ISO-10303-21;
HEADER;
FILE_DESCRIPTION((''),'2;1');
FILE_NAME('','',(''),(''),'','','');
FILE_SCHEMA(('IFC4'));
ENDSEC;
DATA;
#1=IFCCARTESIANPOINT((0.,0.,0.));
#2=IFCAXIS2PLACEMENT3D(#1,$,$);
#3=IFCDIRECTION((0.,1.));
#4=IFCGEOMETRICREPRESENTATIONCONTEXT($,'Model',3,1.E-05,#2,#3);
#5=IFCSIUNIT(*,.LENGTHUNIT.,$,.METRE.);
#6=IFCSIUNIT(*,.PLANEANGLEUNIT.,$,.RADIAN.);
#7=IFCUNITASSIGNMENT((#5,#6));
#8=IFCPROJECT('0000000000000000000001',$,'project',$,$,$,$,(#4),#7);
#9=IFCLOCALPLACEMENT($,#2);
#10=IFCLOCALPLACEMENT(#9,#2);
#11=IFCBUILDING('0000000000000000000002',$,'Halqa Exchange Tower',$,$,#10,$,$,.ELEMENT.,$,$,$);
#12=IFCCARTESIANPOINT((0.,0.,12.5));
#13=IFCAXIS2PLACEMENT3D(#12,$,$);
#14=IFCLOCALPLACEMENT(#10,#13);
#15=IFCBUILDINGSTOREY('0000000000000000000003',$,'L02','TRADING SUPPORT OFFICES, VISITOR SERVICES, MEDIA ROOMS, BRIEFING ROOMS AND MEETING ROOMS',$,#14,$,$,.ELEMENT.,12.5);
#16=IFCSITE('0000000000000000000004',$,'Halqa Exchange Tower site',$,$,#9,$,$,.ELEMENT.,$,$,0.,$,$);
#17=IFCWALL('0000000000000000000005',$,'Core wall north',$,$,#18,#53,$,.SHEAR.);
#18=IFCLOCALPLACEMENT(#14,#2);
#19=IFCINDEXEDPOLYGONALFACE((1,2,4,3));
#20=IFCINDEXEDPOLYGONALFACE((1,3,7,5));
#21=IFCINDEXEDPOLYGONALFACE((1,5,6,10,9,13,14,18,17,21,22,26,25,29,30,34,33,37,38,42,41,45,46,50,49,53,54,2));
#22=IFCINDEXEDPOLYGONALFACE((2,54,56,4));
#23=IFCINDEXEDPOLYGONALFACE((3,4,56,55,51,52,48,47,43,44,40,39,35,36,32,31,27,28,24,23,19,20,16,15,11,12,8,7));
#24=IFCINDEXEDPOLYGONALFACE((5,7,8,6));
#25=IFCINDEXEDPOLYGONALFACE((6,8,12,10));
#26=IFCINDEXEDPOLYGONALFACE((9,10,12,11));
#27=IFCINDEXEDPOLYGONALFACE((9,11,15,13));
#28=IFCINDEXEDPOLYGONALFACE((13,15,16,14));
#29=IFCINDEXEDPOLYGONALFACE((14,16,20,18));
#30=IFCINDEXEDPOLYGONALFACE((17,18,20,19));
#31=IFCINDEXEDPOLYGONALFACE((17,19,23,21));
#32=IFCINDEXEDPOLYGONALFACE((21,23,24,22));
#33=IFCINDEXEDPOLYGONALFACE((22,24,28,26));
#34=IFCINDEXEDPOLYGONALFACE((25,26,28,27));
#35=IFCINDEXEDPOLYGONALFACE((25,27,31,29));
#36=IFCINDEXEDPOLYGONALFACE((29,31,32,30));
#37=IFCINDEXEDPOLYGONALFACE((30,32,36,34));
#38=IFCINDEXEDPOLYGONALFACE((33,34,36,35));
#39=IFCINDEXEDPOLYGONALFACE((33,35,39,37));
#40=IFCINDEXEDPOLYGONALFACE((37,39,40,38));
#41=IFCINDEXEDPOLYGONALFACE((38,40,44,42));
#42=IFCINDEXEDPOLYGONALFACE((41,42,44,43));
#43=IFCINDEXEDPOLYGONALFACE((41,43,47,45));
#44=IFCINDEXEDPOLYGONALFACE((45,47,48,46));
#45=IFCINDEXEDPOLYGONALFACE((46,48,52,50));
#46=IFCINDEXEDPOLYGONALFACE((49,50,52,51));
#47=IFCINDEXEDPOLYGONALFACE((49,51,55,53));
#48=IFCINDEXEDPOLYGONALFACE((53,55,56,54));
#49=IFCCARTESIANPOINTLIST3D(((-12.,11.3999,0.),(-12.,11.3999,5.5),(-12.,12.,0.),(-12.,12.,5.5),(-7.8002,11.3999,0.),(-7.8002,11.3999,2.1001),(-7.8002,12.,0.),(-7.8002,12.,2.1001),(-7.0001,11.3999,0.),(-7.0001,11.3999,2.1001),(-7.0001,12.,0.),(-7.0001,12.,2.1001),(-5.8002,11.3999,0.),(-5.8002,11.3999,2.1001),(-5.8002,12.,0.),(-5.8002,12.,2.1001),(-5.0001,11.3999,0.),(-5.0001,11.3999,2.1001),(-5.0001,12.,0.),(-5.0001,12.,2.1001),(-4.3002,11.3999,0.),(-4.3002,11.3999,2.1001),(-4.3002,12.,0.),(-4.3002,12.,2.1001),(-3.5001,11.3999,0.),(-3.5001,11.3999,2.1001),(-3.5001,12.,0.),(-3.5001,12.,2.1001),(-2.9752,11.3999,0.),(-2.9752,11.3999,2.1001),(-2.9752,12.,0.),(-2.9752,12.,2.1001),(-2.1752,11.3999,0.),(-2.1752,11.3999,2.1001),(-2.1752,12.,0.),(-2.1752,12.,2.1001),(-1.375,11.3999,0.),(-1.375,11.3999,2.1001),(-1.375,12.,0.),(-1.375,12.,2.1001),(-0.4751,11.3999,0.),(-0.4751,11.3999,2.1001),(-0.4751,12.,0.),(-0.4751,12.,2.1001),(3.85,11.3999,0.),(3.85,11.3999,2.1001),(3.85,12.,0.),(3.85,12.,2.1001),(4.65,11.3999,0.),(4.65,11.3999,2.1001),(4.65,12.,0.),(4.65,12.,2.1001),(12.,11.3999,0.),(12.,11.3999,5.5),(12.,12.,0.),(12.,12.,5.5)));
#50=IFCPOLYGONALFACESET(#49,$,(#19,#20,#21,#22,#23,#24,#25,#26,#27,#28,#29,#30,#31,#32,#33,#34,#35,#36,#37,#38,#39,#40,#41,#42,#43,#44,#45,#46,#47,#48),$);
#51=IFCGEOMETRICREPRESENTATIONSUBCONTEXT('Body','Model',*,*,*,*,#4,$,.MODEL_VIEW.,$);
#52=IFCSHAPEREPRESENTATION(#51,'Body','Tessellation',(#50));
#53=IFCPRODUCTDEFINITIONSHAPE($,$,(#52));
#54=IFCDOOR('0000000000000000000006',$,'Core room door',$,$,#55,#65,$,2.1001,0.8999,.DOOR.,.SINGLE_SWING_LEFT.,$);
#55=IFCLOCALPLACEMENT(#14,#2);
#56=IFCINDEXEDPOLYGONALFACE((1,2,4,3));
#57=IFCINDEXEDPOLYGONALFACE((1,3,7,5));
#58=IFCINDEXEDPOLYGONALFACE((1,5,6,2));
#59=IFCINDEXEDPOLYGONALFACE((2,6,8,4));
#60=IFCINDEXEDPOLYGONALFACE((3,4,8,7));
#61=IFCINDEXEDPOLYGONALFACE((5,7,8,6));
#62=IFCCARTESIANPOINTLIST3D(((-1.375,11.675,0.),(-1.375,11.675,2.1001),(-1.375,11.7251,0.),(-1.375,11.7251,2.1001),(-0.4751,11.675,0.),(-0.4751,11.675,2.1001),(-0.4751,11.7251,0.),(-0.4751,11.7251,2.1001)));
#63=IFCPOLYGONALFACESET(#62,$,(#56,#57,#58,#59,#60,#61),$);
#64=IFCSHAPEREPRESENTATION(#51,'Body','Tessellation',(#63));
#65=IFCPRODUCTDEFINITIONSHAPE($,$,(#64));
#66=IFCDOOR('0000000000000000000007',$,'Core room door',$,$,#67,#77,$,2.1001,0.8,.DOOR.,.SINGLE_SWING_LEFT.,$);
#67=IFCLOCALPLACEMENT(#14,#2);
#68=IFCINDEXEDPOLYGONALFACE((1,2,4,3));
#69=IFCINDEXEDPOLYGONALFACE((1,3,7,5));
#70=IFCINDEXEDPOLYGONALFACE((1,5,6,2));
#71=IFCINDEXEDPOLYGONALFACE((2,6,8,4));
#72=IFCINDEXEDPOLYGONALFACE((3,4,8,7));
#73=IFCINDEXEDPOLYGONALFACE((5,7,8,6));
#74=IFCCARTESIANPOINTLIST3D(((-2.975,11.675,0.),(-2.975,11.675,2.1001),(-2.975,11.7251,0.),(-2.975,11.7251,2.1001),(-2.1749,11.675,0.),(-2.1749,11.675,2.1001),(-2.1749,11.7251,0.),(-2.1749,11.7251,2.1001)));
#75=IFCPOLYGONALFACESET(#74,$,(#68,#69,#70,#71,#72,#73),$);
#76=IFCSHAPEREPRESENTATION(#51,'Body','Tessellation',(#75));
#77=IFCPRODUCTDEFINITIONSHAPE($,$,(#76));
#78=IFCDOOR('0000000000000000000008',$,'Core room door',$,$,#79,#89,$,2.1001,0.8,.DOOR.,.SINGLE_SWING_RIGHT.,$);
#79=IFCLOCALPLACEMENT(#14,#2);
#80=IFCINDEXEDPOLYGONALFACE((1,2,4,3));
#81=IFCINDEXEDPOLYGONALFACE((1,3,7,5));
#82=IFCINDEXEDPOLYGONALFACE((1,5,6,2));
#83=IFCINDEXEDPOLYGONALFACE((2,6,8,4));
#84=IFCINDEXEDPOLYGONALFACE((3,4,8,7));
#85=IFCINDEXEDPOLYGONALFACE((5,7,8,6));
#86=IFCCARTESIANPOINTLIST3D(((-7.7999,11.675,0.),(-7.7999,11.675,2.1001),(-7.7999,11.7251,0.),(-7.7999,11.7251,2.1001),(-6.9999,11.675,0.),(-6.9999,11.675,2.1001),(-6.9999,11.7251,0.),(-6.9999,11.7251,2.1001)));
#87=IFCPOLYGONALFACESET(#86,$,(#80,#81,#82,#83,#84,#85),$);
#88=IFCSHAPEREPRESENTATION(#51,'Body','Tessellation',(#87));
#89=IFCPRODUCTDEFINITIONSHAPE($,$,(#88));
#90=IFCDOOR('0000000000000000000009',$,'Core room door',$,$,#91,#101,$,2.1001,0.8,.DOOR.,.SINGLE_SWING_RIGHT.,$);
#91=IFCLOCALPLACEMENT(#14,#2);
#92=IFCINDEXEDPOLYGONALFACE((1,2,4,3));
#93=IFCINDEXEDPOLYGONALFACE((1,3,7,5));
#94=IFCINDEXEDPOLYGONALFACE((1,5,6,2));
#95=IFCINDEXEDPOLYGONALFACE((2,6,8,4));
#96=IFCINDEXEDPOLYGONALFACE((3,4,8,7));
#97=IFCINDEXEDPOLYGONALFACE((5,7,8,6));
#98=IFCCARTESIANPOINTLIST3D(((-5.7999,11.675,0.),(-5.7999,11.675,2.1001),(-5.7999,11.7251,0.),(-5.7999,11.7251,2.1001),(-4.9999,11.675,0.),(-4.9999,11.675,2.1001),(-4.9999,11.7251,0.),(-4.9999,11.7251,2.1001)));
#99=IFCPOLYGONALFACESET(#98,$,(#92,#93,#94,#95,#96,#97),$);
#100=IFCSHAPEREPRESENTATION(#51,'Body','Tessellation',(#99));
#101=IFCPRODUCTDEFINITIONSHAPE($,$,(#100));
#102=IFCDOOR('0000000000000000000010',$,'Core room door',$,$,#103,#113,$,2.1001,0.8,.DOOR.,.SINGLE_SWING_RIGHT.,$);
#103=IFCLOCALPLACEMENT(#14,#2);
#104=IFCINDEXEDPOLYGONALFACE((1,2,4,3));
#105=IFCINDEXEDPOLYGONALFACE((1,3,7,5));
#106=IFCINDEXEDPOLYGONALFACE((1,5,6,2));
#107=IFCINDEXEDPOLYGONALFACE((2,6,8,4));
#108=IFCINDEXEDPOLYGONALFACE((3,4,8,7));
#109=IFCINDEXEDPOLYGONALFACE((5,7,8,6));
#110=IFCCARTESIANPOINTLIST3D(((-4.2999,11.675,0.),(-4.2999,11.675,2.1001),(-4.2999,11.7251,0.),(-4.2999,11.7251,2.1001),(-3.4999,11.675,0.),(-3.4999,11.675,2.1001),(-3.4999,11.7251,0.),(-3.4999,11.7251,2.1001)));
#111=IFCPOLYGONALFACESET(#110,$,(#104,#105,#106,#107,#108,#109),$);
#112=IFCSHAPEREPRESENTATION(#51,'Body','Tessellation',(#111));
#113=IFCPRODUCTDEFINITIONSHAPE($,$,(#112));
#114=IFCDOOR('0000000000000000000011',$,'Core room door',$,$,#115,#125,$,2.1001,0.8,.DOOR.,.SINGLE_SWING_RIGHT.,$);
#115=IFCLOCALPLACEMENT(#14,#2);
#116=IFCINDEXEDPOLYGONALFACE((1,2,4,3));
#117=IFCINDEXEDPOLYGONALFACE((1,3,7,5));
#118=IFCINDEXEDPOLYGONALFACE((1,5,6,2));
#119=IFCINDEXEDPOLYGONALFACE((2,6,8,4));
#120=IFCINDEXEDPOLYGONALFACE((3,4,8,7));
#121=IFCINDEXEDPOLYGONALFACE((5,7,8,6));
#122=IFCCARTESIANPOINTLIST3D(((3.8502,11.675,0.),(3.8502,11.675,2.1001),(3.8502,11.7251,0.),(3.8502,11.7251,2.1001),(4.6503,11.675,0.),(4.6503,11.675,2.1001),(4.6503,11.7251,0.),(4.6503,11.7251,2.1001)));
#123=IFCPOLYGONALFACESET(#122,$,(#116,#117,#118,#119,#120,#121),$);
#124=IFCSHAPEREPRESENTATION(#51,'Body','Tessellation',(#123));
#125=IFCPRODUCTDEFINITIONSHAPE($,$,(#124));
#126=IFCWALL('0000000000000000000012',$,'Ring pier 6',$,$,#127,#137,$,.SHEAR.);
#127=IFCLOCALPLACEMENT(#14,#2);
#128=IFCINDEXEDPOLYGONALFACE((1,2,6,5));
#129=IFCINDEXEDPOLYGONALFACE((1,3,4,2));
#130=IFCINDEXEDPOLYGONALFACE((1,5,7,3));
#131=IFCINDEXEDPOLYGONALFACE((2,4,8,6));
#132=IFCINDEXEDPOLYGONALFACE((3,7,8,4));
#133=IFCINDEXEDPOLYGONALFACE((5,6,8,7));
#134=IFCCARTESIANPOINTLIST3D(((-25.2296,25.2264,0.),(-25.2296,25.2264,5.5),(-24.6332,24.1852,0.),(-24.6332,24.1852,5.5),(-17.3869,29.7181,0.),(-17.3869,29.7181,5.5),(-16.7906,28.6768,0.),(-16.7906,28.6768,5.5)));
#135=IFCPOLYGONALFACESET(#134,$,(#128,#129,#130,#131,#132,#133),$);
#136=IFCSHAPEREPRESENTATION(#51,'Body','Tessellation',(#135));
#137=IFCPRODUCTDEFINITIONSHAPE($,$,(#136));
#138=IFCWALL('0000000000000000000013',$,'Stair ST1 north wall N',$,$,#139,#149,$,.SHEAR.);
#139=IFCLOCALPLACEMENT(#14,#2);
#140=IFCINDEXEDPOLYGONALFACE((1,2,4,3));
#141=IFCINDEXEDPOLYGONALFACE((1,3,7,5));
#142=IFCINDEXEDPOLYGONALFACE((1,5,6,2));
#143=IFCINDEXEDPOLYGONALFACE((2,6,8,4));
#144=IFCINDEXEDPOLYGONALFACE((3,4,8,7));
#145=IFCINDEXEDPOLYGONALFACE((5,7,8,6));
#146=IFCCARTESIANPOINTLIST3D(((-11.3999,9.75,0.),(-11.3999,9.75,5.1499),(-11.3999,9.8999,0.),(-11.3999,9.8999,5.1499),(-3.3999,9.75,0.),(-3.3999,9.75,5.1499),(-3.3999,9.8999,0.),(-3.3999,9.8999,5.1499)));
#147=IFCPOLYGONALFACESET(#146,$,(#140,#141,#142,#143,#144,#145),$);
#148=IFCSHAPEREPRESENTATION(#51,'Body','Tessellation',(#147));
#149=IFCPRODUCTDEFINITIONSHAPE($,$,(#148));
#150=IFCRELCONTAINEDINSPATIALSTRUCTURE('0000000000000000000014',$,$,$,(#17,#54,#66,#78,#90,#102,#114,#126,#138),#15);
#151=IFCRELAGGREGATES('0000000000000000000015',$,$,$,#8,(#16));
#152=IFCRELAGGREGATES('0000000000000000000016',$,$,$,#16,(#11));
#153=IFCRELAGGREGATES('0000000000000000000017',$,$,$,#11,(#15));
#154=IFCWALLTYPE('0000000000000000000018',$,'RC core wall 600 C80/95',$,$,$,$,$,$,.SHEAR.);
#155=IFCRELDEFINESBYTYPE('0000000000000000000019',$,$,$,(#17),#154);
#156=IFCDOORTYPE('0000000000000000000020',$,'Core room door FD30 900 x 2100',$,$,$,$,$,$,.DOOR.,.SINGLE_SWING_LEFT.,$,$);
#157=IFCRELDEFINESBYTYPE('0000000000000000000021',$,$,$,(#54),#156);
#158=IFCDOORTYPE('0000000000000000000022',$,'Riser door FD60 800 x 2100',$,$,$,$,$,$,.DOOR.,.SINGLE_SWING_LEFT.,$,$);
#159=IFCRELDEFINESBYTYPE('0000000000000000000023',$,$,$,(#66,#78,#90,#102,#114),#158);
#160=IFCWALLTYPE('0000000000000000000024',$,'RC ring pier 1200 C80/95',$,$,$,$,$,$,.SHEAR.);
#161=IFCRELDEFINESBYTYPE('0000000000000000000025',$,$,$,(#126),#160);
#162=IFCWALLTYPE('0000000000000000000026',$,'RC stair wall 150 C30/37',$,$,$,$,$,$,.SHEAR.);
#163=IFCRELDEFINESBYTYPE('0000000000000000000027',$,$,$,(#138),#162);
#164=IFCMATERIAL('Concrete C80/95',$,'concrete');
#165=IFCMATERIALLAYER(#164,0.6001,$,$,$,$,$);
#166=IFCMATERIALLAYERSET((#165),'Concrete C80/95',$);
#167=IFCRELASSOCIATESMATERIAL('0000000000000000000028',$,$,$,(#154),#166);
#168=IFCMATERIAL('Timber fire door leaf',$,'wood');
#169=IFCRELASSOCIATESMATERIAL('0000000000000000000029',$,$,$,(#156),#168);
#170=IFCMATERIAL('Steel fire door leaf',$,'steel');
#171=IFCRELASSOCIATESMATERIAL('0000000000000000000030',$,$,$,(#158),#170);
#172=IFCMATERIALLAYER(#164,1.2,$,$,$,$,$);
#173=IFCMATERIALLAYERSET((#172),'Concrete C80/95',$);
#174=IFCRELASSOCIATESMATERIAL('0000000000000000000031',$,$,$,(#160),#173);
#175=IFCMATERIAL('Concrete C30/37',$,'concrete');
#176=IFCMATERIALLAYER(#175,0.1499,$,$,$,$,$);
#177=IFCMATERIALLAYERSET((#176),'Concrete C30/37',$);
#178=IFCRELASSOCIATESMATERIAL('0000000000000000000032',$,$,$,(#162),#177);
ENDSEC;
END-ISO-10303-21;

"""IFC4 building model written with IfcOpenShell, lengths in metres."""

from ifc_helpers import new_model, si_unit, direction, frame, frame_2d, origin, place, context, subcontext, project, spatial, rectangle, extrude, material, layer, layer_set, type_object, element, fill, save


model = new_model("IFC4")

# Units and contexts
model_context = context("Model", 3, precision=1e-05, world=origin(), true_north=direction((0.0, 1.0)))
body_context = subcontext(model_context, "Body", "Model", "MODEL_VIEW")
ifc_project = project(units=[si_unit("LENGTHUNIT", "METRE"), si_unit("PLANEANGLEUNIT", "RADIAN")], contexts=[model_context])

# Site, building, storey
site_placement = place(None, origin())
site = spatial("IfcSite", under=ifc_project, at=site_placement, Name="Halqa Exchange Tower site", CompositionType="ELEMENT", RefElevation=0.0)
building_placement = place(site_placement, origin())
building = spatial("IfcBuilding", under=site, at=building_placement, Name="Halqa Exchange Tower", CompositionType="ELEMENT")
storey_placement = place(building_placement, frame((0.0, 0.0, 12.5)))
storey = spatial("IfcBuildingStorey", under=building, at=storey_placement, Name="L02", Description="TRADING SUPPORT OFFICES, VISITOR SERVICES, MEDIA ROOMS, BRIEFING ROOMS AND MEETING ROOMS", CompositionType="ELEMENT", Elevation=12.5)

# Shared definitions
ifc_material_1 = material(Name="Steel fire door leaf", Category="steel")

# Wall, openings, doors
ifc_material_2 = material(Name="Concrete C80/95", Category="concrete")
ifc_layer_1 = layer(ifc_material_2, 0.6001)
ifc_layer_set_1 = layer_set([ifc_layer_1], Name="Concrete C80/95")
wall_type_1 = type_object("IfcWallType", Name="RC core wall 600 C80/95", PredefinedType="SHEAR", material=ifc_layer_set_1)
wall_1_placement = place(storey_placement, frame((-12.0, 11.7, 0.0), z_axis=(0.0, 0.0, 1.0), x_axis=(1.0, 0.0, 0.0)))
wall_1 = element("IfcWall", 1, at=wall_1_placement, inside=storey, type_object=wall_type_1, Name="Core wall north", PredefinedType="SHEAR", context=body_context, shape_type="SweptSolid", body=[
    extrude(rectangle(XDim=24.0, YDim=0.6001, at=frame_2d((12.0, 0.0))), origin(), (0.0, 0.0, 1.0), 5.5),
])
opening_1_placement = place(wall_1_placement, frame((9.0249, 0.0, 0.0)))
opening_1 = element("IfcOpeningElement", 2, at=opening_1_placement, cuts=wall_1, PredefinedType="OPENING", context=body_context, shape_type="SweptSolid", body=[
    extrude(rectangle(XDim=0.8, YDim=2.1001, at=frame_2d((0.3999, 1.05))), frame((0.0, 0.312, 0.0), z_axis=(0.0, -1.0, 0.0), x_axis=(1.0, 0.0, 0.0)), (0.0, 0.0, 1.0), 0.624),
])
opening_2_placement = place(wall_1_placement, frame((10.625, 0.0, 0.0)))
opening_2 = element("IfcOpeningElement", 3, at=opening_2_placement, cuts=wall_1, PredefinedType="OPENING", context=body_context, shape_type="SweptSolid", body=[
    extrude(rectangle(XDim=0.8999, YDim=2.1001, at=frame_2d((0.45, 1.05))), frame((0.0, 0.312, 0.0), z_axis=(0.0, -1.0, 0.0), x_axis=(1.0, 0.0, 0.0)), (0.0, 0.0, 1.0), 0.624),
])
opening_3_placement = place(wall_1_placement, frame((4.2, 0.0, 0.0)))
opening_3 = element("IfcOpeningElement", 4, at=opening_3_placement, cuts=wall_1, PredefinedType="OPENING", context=body_context, shape_type="SweptSolid", body=[
    extrude(rectangle(XDim=0.8, YDim=2.1001, at=frame_2d((0.3999, 1.05))), frame((0.0, 0.312, 0.0), z_axis=(0.0, -1.0, 0.0), x_axis=(1.0, 0.0, 0.0)), (0.0, 0.0, 1.0), 0.624),
])
opening_4_placement = place(wall_1_placement, frame((6.2, 0.0, 0.0)))
opening_4 = element("IfcOpeningElement", 5, at=opening_4_placement, cuts=wall_1, PredefinedType="OPENING", context=body_context, shape_type="SweptSolid", body=[
    extrude(rectangle(XDim=0.8, YDim=2.1001, at=frame_2d((0.3999, 1.05))), frame((0.0, 0.312, 0.0), z_axis=(0.0, -1.0, 0.0), x_axis=(1.0, 0.0, 0.0)), (0.0, 0.0, 1.0), 0.624),
])
opening_5_placement = place(wall_1_placement, frame((7.7, 0.0, 0.0)))
opening_5 = element("IfcOpeningElement", 6, at=opening_5_placement, cuts=wall_1, PredefinedType="OPENING", context=body_context, shape_type="SweptSolid", body=[
    extrude(rectangle(XDim=0.8, YDim=2.1001, at=frame_2d((0.3999, 1.05))), frame((0.0, 0.312, 0.0), z_axis=(0.0, -1.0, 0.0), x_axis=(1.0, 0.0, 0.0)), (0.0, 0.0, 1.0), 0.624),
])
opening_6_placement = place(wall_1_placement, frame((15.8501, 0.0, 0.0)))
opening_6 = element("IfcOpeningElement", 7, at=opening_6_placement, cuts=wall_1, PredefinedType="OPENING", context=body_context, shape_type="SweptSolid", body=[
    extrude(rectangle(XDim=0.8, YDim=2.1001, at=frame_2d((0.3999, 1.05))), frame((0.0, 0.312, 0.0), z_axis=(0.0, -1.0, 0.0), x_axis=(1.0, 0.0, 0.0)), (0.0, 0.0, 1.0), 0.624),
])
ifc_material_3 = material(Name="Timber fire door leaf", Category="wood")
door_type_1 = type_object("IfcDoorType", Name="Core room door FD30 900 x 2100", OperationType="SINGLE_SWING_LEFT", PredefinedType="DOOR", material=ifc_material_3)
door_1_placement = place(opening_2_placement, frame((0.8999, 0.0, 0.0), z_axis=(0.0, 0.0, 1.0), x_axis=(-1.0, 0.0, 0.0)))
door_1 = element("IfcDoor", 8, at=door_1_placement, inside=storey, type_object=door_type_1, Name="Core room door", OperationType="SINGLE_SWING_LEFT", OverallHeight=2.1001, OverallWidth=0.8999, PredefinedType="DOOR", context=body_context, shape_type="SweptSolid", body=[
    extrude(rectangle(XDim=0.8999, YDim=2.1001, at=frame_2d((0.45, 1.05))), frame((0.0, 0.0249, 0.0), z_axis=(0.0, -1.0, 0.0), x_axis=(1.0, 0.0, 0.0)), (0.0, 0.0, 1.0), 0.05),
])
fill(opening_2, door_1)
door_type_2 = type_object("IfcDoorType", Name="Riser door FD60 800 x 2100", OperationType="SINGLE_SWING_LEFT", PredefinedType="DOOR", material=ifc_material_1)
door_2_placement = place(opening_1_placement, frame((0.8, 0.0, 0.0), z_axis=(0.0, 0.0, 1.0), x_axis=(-1.0, 0.0, 0.0)))
door_2 = element("IfcDoor", 9, at=door_2_placement, inside=storey, type_object=door_type_2, Name="Core room door", OperationType="SINGLE_SWING_LEFT", OverallHeight=2.1001, OverallWidth=0.8, PredefinedType="DOOR", context=body_context, shape_type="SweptSolid", body=[
    extrude(rectangle(XDim=0.8, YDim=2.1001, at=frame_2d((0.3999, 1.05))), frame((0.0, 0.0249, 0.0), z_axis=(0.0, -1.0, 0.0), x_axis=(1.0, 0.0, 0.0)), (0.0, 0.0, 1.0), 0.05),
])
fill(opening_1, door_2)
door_3_placement = place(opening_3_placement, frame((0.8, 0.0, 0.0), z_axis=(0.0, 0.0, 1.0), x_axis=(-1.0, 0.0, 0.0)))
door_3 = element("IfcDoor", 10, at=door_3_placement, inside=storey, type_object=door_type_2, Name="Core room door", OperationType="SINGLE_SWING_RIGHT", OverallHeight=2.1001, OverallWidth=0.8, PredefinedType="DOOR", context=body_context, shape_type="SweptSolid", body=[
    extrude(rectangle(XDim=0.8, YDim=2.1001, at=frame_2d((0.3999, 1.05))), frame((0.0, 0.0249, 0.0), z_axis=(0.0, -1.0, 0.0), x_axis=(1.0, 0.0, 0.0)), (0.0, 0.0, 1.0), 0.05),
])
fill(opening_3, door_3)
door_4_placement = place(opening_4_placement, frame((0.8, 0.0, 0.0), z_axis=(0.0, 0.0, 1.0), x_axis=(-1.0, 0.0, 0.0)))
door_4 = element("IfcDoor", 11, at=door_4_placement, inside=storey, type_object=door_type_2, Name="Core room door", OperationType="SINGLE_SWING_RIGHT", OverallHeight=2.1001, OverallWidth=0.8, PredefinedType="DOOR", context=body_context, shape_type="SweptSolid", body=[
    extrude(rectangle(XDim=0.8, YDim=2.1001, at=frame_2d((0.3999, 1.05))), frame((0.0, 0.0249, 0.0), z_axis=(0.0, -1.0, 0.0), x_axis=(1.0, 0.0, 0.0)), (0.0, 0.0, 1.0), 0.05),
])
fill(opening_4, door_4)
door_5_placement = place(opening_5_placement, frame((0.8, 0.0, 0.0), z_axis=(0.0, 0.0, 1.0), x_axis=(-1.0, 0.0, 0.0)))
door_5 = element("IfcDoor", 12, at=door_5_placement, inside=storey, type_object=door_type_2, Name="Core room door", OperationType="SINGLE_SWING_RIGHT", OverallHeight=2.1001, OverallWidth=0.8, PredefinedType="DOOR", context=body_context, shape_type="SweptSolid", body=[
    extrude(rectangle(XDim=0.8, YDim=2.1001, at=frame_2d((0.3999, 1.05))), frame((0.0, 0.0249, 0.0), z_axis=(0.0, -1.0, 0.0), x_axis=(1.0, 0.0, 0.0)), (0.0, 0.0, 1.0), 0.05),
])
fill(opening_5, door_5)
door_6_placement = place(opening_6_placement, frame((0.8, 0.0, 0.0), z_axis=(0.0, 0.0, 1.0), x_axis=(-1.0, 0.0, 0.0)))
door_6 = element("IfcDoor", 13, at=door_6_placement, inside=storey, type_object=door_type_2, Name="Core room door", OperationType="SINGLE_SWING_RIGHT", OverallHeight=2.1001, OverallWidth=0.8, PredefinedType="DOOR", context=body_context, shape_type="SweptSolid", body=[
    extrude(rectangle(XDim=0.8, YDim=2.1001, at=frame_2d((0.3999, 1.05))), frame((0.0, 0.0249, 0.0), z_axis=(0.0, -1.0, 0.0), x_axis=(1.0, 0.0, 0.0)), (0.0, 0.0, 1.0), 0.05),
])
fill(opening_6, door_6)

# Walls
ifc_layer_2 = layer(ifc_material_2, 1.2)
ifc_layer_set_2 = layer_set([ifc_layer_2], Name="Concrete C80/95")
wall_type_2 = type_object("IfcWallType", Name="RC ring pier 1200 C80/95", PredefinedType="SHEAR", material=ifc_layer_set_2)
wall_2_placement = place(storey_placement, frame((-17.0886, 29.1975, 0.0), z_axis=(0.0, 0.0, 1.0), x_axis=(-0.867761, -0.496982, 0.0)))
element("IfcWall", 14, at=wall_2_placement, inside=storey, type_object=wall_type_2, Name="Ring pier 6", PredefinedType="SHEAR", context=body_context, shape_type="SweptSolid", body=[
    extrude(rectangle(XDim=9.0378, YDim=1.2, at=frame_2d((4.519, 0.0))), origin(), (0.0, 0.0, 1.0), 5.5),
])
ifc_material_4 = material(Name="Concrete C30/37", Category="concrete")
ifc_layer_3 = layer(ifc_material_4, 0.1499)
ifc_layer_set_3 = layer_set([ifc_layer_3], Name="Concrete C30/37")
wall_type_3 = type_object("IfcWallType", Name="RC stair wall 150 C30/37", PredefinedType="SHEAR", material=ifc_layer_set_3)
wall_3_placement = place(storey_placement, frame((-11.3999, 9.825, 0.0), z_axis=(0.0, 0.0, 1.0), x_axis=(1.0, 0.0, 0.0)))
element("IfcWall", 15, at=wall_3_placement, inside=storey, type_object=wall_type_3, Name="Stair ST1 north wall N", PredefinedType="SHEAR", context=body_context, shape_type="SweptSolid", body=[
    extrude(rectangle(XDim=8.0, YDim=0.1499, at=frame_2d((4.0, 0.0))), origin(), (0.0, 0.0, 1.0), 5.1499),
])

save(model, "model.ifc")
